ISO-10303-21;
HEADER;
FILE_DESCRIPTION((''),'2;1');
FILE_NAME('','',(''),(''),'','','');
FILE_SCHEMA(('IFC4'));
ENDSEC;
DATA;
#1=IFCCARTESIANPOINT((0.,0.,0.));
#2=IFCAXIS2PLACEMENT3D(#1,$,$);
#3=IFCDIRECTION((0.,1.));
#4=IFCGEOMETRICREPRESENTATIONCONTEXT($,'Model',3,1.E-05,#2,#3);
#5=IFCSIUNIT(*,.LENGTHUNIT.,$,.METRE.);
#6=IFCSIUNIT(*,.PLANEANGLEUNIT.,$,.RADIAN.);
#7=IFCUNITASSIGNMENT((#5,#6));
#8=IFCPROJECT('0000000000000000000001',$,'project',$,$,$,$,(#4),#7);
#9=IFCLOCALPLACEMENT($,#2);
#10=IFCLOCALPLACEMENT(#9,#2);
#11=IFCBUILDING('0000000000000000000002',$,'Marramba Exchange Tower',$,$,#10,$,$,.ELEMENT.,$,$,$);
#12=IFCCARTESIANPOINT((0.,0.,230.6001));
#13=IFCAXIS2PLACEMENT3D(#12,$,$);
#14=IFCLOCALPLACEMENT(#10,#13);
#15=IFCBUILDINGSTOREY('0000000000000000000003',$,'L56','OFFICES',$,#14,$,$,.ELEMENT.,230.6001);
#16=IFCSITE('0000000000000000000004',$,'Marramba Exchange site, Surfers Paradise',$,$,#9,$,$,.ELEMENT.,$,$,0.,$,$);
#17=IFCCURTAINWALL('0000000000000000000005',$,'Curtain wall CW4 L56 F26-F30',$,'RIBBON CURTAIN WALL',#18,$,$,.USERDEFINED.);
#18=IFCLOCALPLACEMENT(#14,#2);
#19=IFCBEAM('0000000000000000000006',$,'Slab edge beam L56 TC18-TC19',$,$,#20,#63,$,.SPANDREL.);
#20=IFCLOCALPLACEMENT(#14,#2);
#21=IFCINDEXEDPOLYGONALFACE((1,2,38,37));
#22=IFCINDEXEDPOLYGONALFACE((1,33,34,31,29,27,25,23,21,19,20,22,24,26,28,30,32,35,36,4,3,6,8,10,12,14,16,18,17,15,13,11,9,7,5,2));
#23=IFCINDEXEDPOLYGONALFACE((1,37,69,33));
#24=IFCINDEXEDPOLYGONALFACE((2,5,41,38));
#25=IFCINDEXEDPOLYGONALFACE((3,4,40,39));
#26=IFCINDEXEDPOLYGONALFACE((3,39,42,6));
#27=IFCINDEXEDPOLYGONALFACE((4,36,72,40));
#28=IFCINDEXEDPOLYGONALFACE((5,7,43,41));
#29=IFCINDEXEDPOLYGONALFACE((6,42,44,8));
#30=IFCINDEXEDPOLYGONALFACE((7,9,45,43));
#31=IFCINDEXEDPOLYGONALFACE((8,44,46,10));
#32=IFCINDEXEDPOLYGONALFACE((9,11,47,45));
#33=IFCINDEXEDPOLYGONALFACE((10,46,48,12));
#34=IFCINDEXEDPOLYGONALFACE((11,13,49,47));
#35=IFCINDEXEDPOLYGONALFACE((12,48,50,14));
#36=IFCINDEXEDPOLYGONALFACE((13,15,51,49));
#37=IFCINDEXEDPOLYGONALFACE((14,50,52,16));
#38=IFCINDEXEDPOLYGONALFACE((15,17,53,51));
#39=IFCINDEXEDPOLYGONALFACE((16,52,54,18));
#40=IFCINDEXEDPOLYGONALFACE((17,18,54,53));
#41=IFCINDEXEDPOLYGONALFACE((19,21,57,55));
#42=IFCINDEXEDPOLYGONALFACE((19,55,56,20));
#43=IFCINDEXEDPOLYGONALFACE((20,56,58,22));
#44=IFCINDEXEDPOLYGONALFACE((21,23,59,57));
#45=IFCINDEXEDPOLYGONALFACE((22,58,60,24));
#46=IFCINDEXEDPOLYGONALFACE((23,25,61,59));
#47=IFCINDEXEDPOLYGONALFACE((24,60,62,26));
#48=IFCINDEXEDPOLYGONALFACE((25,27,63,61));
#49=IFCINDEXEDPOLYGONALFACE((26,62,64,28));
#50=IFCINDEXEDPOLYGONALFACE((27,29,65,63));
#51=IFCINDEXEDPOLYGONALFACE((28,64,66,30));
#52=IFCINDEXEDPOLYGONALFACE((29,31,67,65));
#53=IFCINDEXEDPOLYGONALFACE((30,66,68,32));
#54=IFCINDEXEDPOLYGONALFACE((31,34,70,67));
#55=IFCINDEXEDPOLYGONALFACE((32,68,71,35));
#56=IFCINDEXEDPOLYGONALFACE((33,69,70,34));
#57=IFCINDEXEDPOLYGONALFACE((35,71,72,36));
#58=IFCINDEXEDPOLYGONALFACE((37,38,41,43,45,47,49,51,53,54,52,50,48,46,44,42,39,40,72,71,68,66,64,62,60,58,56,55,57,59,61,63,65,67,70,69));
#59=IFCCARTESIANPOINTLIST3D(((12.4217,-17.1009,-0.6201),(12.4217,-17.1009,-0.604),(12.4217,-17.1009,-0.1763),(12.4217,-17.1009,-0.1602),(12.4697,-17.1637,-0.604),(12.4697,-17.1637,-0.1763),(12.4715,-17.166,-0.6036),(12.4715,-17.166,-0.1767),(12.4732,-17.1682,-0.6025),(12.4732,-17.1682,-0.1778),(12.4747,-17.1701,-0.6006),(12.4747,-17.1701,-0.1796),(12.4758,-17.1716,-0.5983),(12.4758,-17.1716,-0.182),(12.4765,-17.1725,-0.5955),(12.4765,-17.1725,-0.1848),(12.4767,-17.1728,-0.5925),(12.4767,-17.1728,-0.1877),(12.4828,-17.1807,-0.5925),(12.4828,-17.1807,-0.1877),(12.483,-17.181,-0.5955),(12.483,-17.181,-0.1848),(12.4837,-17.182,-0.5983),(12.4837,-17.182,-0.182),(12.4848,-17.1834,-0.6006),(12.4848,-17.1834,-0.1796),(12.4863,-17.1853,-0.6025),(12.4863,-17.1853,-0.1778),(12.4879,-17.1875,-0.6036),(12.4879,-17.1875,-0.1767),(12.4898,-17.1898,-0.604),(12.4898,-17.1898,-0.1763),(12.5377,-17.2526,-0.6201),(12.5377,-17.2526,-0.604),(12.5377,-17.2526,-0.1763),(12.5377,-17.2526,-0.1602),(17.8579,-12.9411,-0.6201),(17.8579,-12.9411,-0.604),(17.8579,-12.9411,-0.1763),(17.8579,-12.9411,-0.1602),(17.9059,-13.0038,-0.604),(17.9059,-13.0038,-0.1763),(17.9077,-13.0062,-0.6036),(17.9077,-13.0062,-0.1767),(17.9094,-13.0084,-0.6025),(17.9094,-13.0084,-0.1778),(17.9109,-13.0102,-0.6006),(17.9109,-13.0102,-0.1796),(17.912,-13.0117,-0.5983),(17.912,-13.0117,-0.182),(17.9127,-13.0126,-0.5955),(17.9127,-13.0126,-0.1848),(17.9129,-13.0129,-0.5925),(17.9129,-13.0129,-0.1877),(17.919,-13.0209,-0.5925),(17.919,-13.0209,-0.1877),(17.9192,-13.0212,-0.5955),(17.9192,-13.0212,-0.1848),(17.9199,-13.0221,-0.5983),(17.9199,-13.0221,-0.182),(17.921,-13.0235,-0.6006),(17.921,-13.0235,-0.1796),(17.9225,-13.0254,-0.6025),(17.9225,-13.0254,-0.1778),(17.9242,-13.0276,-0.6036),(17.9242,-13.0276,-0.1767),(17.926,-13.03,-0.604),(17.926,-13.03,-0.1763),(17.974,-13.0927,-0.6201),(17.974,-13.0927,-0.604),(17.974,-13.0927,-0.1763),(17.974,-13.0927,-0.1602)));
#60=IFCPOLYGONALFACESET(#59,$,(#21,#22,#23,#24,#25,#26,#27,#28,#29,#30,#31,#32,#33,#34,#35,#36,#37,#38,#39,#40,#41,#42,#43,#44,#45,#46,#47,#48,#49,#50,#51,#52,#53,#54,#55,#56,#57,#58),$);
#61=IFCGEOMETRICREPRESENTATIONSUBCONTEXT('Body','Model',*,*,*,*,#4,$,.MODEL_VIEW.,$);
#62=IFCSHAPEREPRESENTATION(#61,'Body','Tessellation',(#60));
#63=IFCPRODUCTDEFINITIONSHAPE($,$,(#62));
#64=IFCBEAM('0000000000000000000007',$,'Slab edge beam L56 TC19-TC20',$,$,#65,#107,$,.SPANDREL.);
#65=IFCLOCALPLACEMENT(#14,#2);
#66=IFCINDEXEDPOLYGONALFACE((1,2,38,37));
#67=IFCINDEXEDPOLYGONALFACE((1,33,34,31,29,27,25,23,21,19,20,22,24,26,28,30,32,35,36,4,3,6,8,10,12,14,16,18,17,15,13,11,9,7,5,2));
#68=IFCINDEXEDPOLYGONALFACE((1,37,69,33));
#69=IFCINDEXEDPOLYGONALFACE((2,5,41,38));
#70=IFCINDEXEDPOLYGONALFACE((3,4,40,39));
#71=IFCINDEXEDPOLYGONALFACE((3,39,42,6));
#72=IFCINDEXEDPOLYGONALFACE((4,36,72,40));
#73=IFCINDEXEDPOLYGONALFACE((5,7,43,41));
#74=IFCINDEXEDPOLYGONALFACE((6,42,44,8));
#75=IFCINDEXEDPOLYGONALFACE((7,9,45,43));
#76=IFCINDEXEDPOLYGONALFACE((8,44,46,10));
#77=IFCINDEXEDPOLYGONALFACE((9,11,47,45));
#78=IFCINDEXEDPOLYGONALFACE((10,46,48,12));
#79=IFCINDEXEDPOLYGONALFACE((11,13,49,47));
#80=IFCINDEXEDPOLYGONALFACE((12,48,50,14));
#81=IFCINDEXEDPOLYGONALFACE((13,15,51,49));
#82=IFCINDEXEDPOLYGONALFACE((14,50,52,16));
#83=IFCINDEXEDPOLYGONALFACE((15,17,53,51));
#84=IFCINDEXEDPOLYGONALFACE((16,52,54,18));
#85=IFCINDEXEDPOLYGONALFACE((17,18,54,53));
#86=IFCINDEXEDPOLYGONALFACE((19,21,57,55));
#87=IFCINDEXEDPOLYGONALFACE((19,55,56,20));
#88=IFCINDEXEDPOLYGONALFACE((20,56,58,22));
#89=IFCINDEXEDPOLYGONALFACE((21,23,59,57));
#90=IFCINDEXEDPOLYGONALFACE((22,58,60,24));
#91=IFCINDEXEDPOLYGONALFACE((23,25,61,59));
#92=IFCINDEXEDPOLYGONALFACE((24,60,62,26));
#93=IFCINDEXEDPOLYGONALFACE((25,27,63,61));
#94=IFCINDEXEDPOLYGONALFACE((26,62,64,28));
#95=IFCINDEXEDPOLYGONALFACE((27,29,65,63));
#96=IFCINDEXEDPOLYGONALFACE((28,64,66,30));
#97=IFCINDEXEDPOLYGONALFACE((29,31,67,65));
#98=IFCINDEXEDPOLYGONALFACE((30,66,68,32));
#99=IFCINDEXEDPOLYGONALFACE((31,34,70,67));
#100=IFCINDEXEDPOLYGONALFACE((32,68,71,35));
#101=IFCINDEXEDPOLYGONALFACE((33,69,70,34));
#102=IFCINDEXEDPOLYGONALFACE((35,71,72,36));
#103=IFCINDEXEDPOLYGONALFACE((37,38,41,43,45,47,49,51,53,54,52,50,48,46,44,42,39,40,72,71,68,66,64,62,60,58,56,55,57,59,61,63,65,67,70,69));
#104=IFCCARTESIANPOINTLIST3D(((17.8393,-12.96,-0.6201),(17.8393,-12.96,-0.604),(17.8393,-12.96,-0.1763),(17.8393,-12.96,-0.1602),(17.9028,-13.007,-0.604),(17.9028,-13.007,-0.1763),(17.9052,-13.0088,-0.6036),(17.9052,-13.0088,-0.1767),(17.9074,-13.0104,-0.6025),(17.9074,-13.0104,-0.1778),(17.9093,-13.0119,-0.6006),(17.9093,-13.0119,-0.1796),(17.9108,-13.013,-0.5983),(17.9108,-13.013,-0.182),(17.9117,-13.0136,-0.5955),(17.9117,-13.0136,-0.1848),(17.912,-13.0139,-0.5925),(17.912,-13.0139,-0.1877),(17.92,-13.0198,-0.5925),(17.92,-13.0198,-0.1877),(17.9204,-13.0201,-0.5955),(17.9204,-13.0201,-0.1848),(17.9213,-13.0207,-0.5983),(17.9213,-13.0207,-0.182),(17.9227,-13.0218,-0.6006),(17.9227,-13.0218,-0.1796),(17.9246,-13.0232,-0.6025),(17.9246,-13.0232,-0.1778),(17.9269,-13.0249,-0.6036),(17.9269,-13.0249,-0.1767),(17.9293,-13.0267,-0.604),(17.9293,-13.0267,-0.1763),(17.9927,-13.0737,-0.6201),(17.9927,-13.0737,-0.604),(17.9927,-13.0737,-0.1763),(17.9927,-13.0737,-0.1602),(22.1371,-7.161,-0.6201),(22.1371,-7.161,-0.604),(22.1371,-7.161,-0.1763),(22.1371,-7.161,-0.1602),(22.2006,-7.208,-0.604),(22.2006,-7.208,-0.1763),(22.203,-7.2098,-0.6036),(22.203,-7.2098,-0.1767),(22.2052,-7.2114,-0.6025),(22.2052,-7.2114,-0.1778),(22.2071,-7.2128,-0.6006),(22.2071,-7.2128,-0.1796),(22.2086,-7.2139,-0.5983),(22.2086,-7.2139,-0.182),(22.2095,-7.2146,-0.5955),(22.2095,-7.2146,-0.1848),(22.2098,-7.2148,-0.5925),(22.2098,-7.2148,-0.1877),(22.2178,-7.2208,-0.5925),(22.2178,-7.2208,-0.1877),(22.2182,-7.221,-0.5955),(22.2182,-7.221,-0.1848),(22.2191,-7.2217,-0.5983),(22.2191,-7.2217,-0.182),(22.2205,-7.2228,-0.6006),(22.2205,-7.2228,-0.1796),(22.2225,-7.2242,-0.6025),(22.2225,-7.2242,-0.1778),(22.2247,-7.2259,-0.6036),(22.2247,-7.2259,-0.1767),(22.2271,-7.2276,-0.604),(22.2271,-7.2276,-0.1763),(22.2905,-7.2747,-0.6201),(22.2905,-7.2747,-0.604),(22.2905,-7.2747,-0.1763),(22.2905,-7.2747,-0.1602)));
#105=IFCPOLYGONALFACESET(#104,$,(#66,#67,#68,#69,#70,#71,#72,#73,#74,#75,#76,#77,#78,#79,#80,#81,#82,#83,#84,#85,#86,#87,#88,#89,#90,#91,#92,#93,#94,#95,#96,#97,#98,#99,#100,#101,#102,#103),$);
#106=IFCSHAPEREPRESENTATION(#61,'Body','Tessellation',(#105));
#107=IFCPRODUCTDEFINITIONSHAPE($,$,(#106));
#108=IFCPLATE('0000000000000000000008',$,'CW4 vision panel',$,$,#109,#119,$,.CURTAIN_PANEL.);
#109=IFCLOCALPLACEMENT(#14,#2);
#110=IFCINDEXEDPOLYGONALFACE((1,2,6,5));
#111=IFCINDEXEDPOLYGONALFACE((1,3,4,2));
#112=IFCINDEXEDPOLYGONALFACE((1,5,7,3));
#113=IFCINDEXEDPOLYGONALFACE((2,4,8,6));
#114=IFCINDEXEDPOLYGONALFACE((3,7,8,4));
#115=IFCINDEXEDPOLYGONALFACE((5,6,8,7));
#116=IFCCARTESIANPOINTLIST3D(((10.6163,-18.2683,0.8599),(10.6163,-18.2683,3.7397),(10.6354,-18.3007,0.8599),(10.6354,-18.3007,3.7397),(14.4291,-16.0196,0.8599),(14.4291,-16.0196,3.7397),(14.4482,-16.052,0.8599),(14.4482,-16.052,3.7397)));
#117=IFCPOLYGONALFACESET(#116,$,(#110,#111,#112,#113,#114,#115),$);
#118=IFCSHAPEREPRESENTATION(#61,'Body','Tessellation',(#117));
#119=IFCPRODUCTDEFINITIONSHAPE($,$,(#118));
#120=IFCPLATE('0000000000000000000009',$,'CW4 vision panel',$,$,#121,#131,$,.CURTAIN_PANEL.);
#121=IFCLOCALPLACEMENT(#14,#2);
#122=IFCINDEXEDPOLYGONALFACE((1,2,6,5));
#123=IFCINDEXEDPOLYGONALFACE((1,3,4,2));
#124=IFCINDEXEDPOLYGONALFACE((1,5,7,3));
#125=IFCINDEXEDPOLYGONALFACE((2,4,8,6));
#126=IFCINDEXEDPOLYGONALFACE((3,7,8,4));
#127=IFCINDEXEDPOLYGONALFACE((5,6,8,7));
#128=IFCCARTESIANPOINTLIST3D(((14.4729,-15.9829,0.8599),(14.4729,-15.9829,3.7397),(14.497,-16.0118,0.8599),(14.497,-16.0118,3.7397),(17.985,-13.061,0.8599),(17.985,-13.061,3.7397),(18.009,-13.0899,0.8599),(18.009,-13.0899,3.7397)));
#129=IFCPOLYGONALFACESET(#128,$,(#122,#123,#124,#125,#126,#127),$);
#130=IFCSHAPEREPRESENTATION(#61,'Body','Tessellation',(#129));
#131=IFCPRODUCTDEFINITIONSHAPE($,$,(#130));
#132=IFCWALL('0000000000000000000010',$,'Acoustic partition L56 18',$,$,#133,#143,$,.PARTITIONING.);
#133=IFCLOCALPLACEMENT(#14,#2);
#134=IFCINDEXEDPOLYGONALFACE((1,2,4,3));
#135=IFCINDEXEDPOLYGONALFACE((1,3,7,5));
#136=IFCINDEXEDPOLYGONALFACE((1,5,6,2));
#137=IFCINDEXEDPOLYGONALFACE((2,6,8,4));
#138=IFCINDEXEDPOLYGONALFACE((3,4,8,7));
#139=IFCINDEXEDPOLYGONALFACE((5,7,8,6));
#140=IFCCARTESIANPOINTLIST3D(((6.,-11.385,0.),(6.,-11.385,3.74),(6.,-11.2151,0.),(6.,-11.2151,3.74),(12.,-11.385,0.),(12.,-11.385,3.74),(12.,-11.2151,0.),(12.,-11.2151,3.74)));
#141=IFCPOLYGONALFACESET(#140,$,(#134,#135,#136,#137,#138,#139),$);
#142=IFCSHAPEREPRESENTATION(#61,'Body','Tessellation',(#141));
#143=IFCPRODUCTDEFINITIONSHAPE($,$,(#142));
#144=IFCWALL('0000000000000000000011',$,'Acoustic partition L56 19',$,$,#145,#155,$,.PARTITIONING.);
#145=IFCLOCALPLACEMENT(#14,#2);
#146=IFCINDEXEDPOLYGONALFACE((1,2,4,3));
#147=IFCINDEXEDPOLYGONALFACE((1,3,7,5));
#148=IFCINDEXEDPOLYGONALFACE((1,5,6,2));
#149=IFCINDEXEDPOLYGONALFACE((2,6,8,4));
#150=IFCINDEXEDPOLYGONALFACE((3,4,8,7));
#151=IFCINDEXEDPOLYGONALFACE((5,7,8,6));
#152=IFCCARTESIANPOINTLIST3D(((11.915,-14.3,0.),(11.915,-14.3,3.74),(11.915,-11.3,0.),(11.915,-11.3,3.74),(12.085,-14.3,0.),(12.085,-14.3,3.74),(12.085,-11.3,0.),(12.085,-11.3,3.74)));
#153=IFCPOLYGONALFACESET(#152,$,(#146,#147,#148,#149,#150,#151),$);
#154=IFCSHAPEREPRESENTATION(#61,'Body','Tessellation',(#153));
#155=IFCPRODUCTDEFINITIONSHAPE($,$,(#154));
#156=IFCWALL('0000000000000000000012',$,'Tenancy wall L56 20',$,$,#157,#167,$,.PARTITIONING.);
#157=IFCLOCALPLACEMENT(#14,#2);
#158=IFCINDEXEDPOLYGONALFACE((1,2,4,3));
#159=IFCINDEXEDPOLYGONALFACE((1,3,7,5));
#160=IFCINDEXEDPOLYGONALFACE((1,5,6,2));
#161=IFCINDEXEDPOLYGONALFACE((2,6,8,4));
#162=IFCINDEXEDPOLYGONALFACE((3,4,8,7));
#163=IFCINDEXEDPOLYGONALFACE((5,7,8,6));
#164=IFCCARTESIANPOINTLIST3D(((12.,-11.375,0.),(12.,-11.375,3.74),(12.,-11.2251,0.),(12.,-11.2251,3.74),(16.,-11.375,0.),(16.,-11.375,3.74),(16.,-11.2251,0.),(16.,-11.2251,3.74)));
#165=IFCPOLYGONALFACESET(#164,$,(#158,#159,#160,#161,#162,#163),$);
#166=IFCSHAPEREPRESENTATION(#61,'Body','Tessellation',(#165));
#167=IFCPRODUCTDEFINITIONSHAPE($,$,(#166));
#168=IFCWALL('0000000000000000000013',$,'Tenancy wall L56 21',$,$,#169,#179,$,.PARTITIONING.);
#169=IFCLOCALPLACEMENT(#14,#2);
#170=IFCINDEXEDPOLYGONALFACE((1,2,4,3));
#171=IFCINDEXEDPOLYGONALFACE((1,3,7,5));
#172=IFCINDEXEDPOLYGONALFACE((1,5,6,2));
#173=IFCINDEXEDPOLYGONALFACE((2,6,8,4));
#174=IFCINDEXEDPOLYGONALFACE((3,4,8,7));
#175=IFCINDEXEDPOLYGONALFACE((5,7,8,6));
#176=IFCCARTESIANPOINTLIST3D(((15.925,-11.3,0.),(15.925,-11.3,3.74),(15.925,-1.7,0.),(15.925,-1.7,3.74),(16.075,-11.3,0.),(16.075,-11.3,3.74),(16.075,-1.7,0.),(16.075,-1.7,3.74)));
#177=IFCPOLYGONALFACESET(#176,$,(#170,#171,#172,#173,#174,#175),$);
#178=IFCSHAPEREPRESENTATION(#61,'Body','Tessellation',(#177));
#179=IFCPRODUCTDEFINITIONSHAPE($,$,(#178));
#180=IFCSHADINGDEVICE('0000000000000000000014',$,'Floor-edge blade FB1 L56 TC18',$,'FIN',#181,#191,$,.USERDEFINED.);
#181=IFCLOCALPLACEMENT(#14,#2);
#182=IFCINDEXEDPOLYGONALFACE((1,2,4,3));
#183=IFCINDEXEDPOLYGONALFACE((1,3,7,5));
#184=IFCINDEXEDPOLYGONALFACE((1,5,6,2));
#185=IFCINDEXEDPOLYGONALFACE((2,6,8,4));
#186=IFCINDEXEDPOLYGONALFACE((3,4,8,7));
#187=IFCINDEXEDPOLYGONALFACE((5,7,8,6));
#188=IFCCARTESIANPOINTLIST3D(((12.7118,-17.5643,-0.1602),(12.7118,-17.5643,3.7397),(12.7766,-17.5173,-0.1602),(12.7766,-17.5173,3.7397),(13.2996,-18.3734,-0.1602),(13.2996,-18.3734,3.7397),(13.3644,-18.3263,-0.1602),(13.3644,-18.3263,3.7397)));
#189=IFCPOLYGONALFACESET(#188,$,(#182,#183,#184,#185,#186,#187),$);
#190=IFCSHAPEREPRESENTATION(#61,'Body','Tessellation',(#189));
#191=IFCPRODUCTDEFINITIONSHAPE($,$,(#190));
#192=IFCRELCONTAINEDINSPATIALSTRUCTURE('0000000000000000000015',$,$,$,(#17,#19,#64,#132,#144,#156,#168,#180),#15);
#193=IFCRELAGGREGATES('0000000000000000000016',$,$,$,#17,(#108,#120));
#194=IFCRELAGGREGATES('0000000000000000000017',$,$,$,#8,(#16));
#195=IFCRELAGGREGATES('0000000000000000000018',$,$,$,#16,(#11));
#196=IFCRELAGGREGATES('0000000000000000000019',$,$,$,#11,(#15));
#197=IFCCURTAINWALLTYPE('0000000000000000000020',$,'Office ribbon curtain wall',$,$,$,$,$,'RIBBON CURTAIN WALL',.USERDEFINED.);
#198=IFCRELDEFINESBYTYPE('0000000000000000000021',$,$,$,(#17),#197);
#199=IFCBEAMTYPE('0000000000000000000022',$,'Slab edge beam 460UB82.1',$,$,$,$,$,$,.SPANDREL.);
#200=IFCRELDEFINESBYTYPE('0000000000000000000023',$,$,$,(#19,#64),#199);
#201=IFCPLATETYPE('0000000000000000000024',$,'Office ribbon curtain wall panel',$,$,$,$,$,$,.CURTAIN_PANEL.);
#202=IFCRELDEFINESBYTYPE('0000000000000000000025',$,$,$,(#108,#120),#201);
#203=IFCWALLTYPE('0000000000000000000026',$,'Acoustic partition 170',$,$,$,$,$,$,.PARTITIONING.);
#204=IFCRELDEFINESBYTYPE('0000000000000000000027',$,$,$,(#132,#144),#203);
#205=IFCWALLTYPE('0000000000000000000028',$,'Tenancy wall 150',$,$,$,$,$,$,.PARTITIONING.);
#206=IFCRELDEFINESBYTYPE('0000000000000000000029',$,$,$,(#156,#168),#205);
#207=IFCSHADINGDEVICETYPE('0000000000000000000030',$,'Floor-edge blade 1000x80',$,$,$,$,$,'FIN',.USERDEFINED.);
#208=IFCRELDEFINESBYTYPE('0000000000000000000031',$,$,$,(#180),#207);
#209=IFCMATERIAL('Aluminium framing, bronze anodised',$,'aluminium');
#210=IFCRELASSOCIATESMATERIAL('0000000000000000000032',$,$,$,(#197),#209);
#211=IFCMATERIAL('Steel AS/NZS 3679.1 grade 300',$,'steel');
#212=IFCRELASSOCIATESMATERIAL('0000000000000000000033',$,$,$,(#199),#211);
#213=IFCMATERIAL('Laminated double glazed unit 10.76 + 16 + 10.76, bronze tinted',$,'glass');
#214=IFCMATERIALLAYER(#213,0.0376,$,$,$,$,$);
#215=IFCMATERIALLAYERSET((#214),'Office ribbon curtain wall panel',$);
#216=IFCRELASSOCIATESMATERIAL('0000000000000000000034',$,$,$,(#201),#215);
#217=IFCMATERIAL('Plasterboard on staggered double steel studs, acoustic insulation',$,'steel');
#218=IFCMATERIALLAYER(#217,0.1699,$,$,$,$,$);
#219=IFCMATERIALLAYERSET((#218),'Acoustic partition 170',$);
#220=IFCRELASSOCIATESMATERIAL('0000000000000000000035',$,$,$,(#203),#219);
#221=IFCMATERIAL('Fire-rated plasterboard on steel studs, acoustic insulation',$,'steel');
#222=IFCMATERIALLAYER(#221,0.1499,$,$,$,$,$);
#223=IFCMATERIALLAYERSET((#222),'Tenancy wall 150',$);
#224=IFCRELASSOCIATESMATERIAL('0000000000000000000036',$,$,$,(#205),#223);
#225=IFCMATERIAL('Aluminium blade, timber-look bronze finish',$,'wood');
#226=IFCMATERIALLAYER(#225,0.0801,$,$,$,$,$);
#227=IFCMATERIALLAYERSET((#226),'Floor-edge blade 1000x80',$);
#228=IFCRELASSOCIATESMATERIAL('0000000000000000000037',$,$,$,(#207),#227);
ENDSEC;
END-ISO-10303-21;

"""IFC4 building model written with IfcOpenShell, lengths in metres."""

from ifc_helpers import new_model, si_unit, direction, frame, frame_2d, origin, origin_2d, place, context, subcontext, project, spatial, rectangle, i_section, extrude, material, layer, layer_set, material_profile, profile_set, type_object, element, aggregate, save


model = new_model("IFC4")

# Units and contexts
model_context = context("Model", 3, precision=1e-05, world=origin(), true_north=direction((0.0, 1.0)))
body_context = subcontext(model_context, "Body", "Model", "MODEL_VIEW")
ifc_project = project(units=[si_unit("LENGTHUNIT", "METRE"), si_unit("PLANEANGLEUNIT", "RADIAN")], contexts=[model_context])

# Site, building, storey
site_placement = place(None, origin())
site = spatial("IfcSite", under=ifc_project, at=site_placement, Name="Marramba Exchange site, Surfers Paradise", CompositionType="ELEMENT", RefElevation=0.0)
building_placement = place(site_placement, origin())
building = spatial("IfcBuilding", under=site, at=building_placement, Name="Marramba Exchange Tower", CompositionType="ELEMENT")
storey_placement = place(building_placement, frame((0.0, 0.0, 230.6001)))
storey = spatial("IfcBuildingStorey", under=building, at=storey_placement, Name="L56", Description="OFFICES", CompositionType="ELEMENT", Elevation=230.6001)

# Curtain wall
ifc_material_1 = material(Name="Aluminium framing, bronze anodised", Category="aluminium")
curtain_wall_type = type_object("IfcCurtainWallType", Name="Office ribbon curtain wall", ElementType="RIBBON CURTAIN WALL", PredefinedType="USERDEFINED", material=ifc_material_1)
curtain_wall_placement = place(storey_placement, origin())
curtain_wall = element("IfcCurtainWall", 1, at=curtain_wall_placement, inside=storey, type_object=curtain_wall_type, Name="Curtain wall CW4 L56 F26-F30", ObjectType="RIBBON CURTAIN WALL", PredefinedType="USERDEFINED")

# Beams
ifc_material_2 = material(Name="Steel AS/NZS 3679.1 grade 300", Category="steel")
ifc_material_profile_1 = material_profile(ifc_material_2, i_section(OverallWidth=0.1909, OverallDepth=0.46, WebThickness=0.01, FlangeThickness=0.0161, FilletRadius=0.0115, at=origin_2d()), Name="460UB82.1")
ifc_profile_set_1 = profile_set([ifc_material_profile_1], Name="Steel AS/NZS 3679.1 grade 300")
beam_type_1 = type_object("IfcBeamType", Name="Slab edge beam 460UB82.1", PredefinedType="SPANDREL", material=ifc_profile_set_1)
beam_1_placement = place(storey_placement, frame((12.4797, -17.1768, -0.3901), z_axis=(0.794163, 0.607704, 0.0), x_axis=(-0.607704, 0.794163, 0.0)))
element("IfcBeam", 2, at=beam_1_placement, inside=storey, type_object=beam_type_1, Name="Slab edge beam L56 TC18-TC19", PredefinedType="SPANDREL", context=body_context, shape_type="SweptSolid", body=[
    extrude(i_section(OverallWidth=0.1909, OverallDepth=0.46, WebThickness=0.01, FlangeThickness=0.0161, FilletRadius=0.0115, at=origin_2d()), origin(), (0.0, 0.0, 1.0), 6.8452),
])
beam_2_placement = place(storey_placement, frame((17.916, -13.0168, -0.3901), z_axis=(0.595428, 0.803409, 0.0), x_axis=(-0.803409, 0.595428, 0.0)))
element("IfcBeam", 3, at=beam_2_placement, inside=storey, type_object=beam_type_1, Name="Slab edge beam L56 TC19-TC20", PredefinedType="SPANDREL", context=body_context, shape_type="SweptSolid", body=[
    extrude(i_section(OverallWidth=0.1909, OverallDepth=0.46, WebThickness=0.01, FlangeThickness=0.0161, FilletRadius=0.0115, at=origin_2d()), origin(), (0.0, 0.0, 1.0), 7.218),
])

# Plates
ifc_material_3 = material(Name="Laminated double glazed unit 10.76 + 16 + 10.76, bronze tinted", Category="glass")
ifc_layer_1 = layer(ifc_material_3, 0.0376)
ifc_layer_set_1 = layer_set([ifc_layer_1], Name="Office ribbon curtain wall panel")
plate_type = type_object("IfcPlateType", Name="Office ribbon curtain wall panel", PredefinedType="CURTAIN_PANEL", material=ifc_layer_set_1)
plate_1_placement = place(storey_placement, frame((12.5322, -17.1602, 0.8599), z_axis=(0.0, 0.0, 1.0), x_axis=(0.861351, 0.508011, 0.0)))
plate_1 = element("IfcPlate", 4, at=plate_1_placement, type_object=plate_type, Name="CW4 vision panel", PredefinedType="CURTAIN_PANEL", context=body_context, shape_type="SweptSolid", body=[
    extrude(rectangle(XDim=4.4265, YDim=0.0376, at=origin_2d()), origin(), (0.0, 0.0, 1.0), 2.8799),
])
plate_2_placement = place(storey_placement, frame((16.241, -14.5364, 0.8599), z_axis=(0.0, 0.0, 1.0), x_axis=(0.768737, 0.639565, 0.0)))
plate_2 = element("IfcPlate", 5, at=plate_2_placement, type_object=plate_type, Name="CW4 vision panel", PredefinedType="CURTAIN_PANEL", context=body_context, shape_type="SweptSolid", body=[
    extrude(rectangle(XDim=4.5686, YDim=0.0376, at=origin_2d()), origin(), (0.0, 0.0, 1.0), 2.8799),
])
aggregate(curtain_wall, [plate_1, plate_2])

# Walls
ifc_material_4 = material(Name="Plasterboard on staggered double steel studs, acoustic insulation", Category="steel")
ifc_layer_2 = layer(ifc_material_4, 0.1699)
ifc_layer_set_2 = layer_set([ifc_layer_2], Name="Acoustic partition 170")
wall_type_1 = type_object("IfcWallType", Name="Acoustic partition 170", PredefinedType="PARTITIONING", material=ifc_layer_set_2)
wall_1_placement = place(storey_placement, frame((12.0, -11.3, 0.0), z_axis=(0.0, 0.0, 1.0), x_axis=(-1.0, 0.0, 0.0)))
element("IfcWall", 6, at=wall_1_placement, inside=storey, type_object=wall_type_1, Name="Acoustic partition L56 18", PredefinedType="PARTITIONING", context=body_context, shape_type="SweptSolid", body=[
    extrude(rectangle(XDim=6.0, YDim=0.1699, at=frame_2d((3.0, 0.0))), origin(), (0.0, 0.0, 1.0), 3.74),
])
wall_2_placement = place(storey_placement, frame((12.0, -14.3, 0.0), z_axis=(0.0, 0.0, 1.0), x_axis=(0.0, 1.0, 0.0)))
element("IfcWall", 7, at=wall_2_placement, inside=storey, type_object=wall_type_1, Name="Acoustic partition L56 19", PredefinedType="PARTITIONING", context=body_context, shape_type="SweptSolid", body=[
    extrude(rectangle(XDim=3.0, YDim=0.1699, at=frame_2d((1.5, 0.0))), origin(), (0.0, 0.0, 1.0), 3.74),
])
ifc_material_5 = material(Name="Fire-rated plasterboard on steel studs, acoustic insulation", Category="steel")
ifc_layer_3 = layer(ifc_material_5, 0.1499)
ifc_layer_set_3 = layer_set([ifc_layer_3], Name="Tenancy wall 150")
wall_type_2 = type_object("IfcWallType", Name="Tenancy wall 150", PredefinedType="PARTITIONING", material=ifc_layer_set_3)
wall_3_placement = place(storey_placement, frame((12.0, -11.3, 0.0), z_axis=(0.0, 0.0, 1.0), x_axis=(1.0, 0.0, 0.0)))
element("IfcWall", 8, at=wall_3_placement, inside=storey, type_object=wall_type_2, Name="Tenancy wall L56 20", PredefinedType="PARTITIONING", context=body_context, shape_type="SweptSolid", body=[
    extrude(rectangle(XDim=4.0, YDim=0.1499, at=frame_2d((2.0, 0.0))), origin(), (0.0, 0.0, 1.0), 3.74),
])
wall_4_placement = place(storey_placement, frame((16.0, -11.3, 0.0), z_axis=(0.0, 0.0, 1.0), x_axis=(0.0, 1.0, 0.0)))
element("IfcWall", 9, at=wall_4_placement, inside=storey, type_object=wall_type_2, Name="Tenancy wall L56 21", PredefinedType="PARTITIONING", context=body_context, shape_type="SweptSolid", body=[
    extrude(rectangle(XDim=9.6001, YDim=0.1499, at=frame_2d((4.8, 0.0))), origin(), (0.0, 0.0, 1.0), 3.74),
])

# Shading device
ifc_material_6 = material(Name="Aluminium blade, timber-look bronze finish", Category="wood")
ifc_layer_4 = layer(ifc_material_6, 0.0801)
ifc_layer_set_4 = layer_set([ifc_layer_4], Name="Floor-edge blade 1000x80")
shading_device_type_1 = type_object("IfcShadingDeviceType", Name="Floor-edge blade 1000x80", ElementType="FIN", PredefinedType="USERDEFINED", material=ifc_layer_set_4)
for number, where, z_axis, x_axis, name in (
    (10, (13.0381, -17.9453, -0.1602), (0.0, 0.0, 1.0), (0.587785, -0.809017, 0.0), "Floor-edge blade FB1 L56 TC18"),
):
    element("IfcShadingDevice", number, at=place(storey_placement, frame(where, z_axis=z_axis, x_axis=x_axis)), inside=storey, type_object=shading_device_type_1, Name=name, ObjectType="FIN", PredefinedType="USERDEFINED", context=body_context, shape_type="SweptSolid", body=[
        extrude(rectangle(XDim=1.0, YDim=0.0801, at=origin_2d()), origin(), (0.0, 0.0, 1.0), 3.8999),
    ])

save(model, "model.ifc")
